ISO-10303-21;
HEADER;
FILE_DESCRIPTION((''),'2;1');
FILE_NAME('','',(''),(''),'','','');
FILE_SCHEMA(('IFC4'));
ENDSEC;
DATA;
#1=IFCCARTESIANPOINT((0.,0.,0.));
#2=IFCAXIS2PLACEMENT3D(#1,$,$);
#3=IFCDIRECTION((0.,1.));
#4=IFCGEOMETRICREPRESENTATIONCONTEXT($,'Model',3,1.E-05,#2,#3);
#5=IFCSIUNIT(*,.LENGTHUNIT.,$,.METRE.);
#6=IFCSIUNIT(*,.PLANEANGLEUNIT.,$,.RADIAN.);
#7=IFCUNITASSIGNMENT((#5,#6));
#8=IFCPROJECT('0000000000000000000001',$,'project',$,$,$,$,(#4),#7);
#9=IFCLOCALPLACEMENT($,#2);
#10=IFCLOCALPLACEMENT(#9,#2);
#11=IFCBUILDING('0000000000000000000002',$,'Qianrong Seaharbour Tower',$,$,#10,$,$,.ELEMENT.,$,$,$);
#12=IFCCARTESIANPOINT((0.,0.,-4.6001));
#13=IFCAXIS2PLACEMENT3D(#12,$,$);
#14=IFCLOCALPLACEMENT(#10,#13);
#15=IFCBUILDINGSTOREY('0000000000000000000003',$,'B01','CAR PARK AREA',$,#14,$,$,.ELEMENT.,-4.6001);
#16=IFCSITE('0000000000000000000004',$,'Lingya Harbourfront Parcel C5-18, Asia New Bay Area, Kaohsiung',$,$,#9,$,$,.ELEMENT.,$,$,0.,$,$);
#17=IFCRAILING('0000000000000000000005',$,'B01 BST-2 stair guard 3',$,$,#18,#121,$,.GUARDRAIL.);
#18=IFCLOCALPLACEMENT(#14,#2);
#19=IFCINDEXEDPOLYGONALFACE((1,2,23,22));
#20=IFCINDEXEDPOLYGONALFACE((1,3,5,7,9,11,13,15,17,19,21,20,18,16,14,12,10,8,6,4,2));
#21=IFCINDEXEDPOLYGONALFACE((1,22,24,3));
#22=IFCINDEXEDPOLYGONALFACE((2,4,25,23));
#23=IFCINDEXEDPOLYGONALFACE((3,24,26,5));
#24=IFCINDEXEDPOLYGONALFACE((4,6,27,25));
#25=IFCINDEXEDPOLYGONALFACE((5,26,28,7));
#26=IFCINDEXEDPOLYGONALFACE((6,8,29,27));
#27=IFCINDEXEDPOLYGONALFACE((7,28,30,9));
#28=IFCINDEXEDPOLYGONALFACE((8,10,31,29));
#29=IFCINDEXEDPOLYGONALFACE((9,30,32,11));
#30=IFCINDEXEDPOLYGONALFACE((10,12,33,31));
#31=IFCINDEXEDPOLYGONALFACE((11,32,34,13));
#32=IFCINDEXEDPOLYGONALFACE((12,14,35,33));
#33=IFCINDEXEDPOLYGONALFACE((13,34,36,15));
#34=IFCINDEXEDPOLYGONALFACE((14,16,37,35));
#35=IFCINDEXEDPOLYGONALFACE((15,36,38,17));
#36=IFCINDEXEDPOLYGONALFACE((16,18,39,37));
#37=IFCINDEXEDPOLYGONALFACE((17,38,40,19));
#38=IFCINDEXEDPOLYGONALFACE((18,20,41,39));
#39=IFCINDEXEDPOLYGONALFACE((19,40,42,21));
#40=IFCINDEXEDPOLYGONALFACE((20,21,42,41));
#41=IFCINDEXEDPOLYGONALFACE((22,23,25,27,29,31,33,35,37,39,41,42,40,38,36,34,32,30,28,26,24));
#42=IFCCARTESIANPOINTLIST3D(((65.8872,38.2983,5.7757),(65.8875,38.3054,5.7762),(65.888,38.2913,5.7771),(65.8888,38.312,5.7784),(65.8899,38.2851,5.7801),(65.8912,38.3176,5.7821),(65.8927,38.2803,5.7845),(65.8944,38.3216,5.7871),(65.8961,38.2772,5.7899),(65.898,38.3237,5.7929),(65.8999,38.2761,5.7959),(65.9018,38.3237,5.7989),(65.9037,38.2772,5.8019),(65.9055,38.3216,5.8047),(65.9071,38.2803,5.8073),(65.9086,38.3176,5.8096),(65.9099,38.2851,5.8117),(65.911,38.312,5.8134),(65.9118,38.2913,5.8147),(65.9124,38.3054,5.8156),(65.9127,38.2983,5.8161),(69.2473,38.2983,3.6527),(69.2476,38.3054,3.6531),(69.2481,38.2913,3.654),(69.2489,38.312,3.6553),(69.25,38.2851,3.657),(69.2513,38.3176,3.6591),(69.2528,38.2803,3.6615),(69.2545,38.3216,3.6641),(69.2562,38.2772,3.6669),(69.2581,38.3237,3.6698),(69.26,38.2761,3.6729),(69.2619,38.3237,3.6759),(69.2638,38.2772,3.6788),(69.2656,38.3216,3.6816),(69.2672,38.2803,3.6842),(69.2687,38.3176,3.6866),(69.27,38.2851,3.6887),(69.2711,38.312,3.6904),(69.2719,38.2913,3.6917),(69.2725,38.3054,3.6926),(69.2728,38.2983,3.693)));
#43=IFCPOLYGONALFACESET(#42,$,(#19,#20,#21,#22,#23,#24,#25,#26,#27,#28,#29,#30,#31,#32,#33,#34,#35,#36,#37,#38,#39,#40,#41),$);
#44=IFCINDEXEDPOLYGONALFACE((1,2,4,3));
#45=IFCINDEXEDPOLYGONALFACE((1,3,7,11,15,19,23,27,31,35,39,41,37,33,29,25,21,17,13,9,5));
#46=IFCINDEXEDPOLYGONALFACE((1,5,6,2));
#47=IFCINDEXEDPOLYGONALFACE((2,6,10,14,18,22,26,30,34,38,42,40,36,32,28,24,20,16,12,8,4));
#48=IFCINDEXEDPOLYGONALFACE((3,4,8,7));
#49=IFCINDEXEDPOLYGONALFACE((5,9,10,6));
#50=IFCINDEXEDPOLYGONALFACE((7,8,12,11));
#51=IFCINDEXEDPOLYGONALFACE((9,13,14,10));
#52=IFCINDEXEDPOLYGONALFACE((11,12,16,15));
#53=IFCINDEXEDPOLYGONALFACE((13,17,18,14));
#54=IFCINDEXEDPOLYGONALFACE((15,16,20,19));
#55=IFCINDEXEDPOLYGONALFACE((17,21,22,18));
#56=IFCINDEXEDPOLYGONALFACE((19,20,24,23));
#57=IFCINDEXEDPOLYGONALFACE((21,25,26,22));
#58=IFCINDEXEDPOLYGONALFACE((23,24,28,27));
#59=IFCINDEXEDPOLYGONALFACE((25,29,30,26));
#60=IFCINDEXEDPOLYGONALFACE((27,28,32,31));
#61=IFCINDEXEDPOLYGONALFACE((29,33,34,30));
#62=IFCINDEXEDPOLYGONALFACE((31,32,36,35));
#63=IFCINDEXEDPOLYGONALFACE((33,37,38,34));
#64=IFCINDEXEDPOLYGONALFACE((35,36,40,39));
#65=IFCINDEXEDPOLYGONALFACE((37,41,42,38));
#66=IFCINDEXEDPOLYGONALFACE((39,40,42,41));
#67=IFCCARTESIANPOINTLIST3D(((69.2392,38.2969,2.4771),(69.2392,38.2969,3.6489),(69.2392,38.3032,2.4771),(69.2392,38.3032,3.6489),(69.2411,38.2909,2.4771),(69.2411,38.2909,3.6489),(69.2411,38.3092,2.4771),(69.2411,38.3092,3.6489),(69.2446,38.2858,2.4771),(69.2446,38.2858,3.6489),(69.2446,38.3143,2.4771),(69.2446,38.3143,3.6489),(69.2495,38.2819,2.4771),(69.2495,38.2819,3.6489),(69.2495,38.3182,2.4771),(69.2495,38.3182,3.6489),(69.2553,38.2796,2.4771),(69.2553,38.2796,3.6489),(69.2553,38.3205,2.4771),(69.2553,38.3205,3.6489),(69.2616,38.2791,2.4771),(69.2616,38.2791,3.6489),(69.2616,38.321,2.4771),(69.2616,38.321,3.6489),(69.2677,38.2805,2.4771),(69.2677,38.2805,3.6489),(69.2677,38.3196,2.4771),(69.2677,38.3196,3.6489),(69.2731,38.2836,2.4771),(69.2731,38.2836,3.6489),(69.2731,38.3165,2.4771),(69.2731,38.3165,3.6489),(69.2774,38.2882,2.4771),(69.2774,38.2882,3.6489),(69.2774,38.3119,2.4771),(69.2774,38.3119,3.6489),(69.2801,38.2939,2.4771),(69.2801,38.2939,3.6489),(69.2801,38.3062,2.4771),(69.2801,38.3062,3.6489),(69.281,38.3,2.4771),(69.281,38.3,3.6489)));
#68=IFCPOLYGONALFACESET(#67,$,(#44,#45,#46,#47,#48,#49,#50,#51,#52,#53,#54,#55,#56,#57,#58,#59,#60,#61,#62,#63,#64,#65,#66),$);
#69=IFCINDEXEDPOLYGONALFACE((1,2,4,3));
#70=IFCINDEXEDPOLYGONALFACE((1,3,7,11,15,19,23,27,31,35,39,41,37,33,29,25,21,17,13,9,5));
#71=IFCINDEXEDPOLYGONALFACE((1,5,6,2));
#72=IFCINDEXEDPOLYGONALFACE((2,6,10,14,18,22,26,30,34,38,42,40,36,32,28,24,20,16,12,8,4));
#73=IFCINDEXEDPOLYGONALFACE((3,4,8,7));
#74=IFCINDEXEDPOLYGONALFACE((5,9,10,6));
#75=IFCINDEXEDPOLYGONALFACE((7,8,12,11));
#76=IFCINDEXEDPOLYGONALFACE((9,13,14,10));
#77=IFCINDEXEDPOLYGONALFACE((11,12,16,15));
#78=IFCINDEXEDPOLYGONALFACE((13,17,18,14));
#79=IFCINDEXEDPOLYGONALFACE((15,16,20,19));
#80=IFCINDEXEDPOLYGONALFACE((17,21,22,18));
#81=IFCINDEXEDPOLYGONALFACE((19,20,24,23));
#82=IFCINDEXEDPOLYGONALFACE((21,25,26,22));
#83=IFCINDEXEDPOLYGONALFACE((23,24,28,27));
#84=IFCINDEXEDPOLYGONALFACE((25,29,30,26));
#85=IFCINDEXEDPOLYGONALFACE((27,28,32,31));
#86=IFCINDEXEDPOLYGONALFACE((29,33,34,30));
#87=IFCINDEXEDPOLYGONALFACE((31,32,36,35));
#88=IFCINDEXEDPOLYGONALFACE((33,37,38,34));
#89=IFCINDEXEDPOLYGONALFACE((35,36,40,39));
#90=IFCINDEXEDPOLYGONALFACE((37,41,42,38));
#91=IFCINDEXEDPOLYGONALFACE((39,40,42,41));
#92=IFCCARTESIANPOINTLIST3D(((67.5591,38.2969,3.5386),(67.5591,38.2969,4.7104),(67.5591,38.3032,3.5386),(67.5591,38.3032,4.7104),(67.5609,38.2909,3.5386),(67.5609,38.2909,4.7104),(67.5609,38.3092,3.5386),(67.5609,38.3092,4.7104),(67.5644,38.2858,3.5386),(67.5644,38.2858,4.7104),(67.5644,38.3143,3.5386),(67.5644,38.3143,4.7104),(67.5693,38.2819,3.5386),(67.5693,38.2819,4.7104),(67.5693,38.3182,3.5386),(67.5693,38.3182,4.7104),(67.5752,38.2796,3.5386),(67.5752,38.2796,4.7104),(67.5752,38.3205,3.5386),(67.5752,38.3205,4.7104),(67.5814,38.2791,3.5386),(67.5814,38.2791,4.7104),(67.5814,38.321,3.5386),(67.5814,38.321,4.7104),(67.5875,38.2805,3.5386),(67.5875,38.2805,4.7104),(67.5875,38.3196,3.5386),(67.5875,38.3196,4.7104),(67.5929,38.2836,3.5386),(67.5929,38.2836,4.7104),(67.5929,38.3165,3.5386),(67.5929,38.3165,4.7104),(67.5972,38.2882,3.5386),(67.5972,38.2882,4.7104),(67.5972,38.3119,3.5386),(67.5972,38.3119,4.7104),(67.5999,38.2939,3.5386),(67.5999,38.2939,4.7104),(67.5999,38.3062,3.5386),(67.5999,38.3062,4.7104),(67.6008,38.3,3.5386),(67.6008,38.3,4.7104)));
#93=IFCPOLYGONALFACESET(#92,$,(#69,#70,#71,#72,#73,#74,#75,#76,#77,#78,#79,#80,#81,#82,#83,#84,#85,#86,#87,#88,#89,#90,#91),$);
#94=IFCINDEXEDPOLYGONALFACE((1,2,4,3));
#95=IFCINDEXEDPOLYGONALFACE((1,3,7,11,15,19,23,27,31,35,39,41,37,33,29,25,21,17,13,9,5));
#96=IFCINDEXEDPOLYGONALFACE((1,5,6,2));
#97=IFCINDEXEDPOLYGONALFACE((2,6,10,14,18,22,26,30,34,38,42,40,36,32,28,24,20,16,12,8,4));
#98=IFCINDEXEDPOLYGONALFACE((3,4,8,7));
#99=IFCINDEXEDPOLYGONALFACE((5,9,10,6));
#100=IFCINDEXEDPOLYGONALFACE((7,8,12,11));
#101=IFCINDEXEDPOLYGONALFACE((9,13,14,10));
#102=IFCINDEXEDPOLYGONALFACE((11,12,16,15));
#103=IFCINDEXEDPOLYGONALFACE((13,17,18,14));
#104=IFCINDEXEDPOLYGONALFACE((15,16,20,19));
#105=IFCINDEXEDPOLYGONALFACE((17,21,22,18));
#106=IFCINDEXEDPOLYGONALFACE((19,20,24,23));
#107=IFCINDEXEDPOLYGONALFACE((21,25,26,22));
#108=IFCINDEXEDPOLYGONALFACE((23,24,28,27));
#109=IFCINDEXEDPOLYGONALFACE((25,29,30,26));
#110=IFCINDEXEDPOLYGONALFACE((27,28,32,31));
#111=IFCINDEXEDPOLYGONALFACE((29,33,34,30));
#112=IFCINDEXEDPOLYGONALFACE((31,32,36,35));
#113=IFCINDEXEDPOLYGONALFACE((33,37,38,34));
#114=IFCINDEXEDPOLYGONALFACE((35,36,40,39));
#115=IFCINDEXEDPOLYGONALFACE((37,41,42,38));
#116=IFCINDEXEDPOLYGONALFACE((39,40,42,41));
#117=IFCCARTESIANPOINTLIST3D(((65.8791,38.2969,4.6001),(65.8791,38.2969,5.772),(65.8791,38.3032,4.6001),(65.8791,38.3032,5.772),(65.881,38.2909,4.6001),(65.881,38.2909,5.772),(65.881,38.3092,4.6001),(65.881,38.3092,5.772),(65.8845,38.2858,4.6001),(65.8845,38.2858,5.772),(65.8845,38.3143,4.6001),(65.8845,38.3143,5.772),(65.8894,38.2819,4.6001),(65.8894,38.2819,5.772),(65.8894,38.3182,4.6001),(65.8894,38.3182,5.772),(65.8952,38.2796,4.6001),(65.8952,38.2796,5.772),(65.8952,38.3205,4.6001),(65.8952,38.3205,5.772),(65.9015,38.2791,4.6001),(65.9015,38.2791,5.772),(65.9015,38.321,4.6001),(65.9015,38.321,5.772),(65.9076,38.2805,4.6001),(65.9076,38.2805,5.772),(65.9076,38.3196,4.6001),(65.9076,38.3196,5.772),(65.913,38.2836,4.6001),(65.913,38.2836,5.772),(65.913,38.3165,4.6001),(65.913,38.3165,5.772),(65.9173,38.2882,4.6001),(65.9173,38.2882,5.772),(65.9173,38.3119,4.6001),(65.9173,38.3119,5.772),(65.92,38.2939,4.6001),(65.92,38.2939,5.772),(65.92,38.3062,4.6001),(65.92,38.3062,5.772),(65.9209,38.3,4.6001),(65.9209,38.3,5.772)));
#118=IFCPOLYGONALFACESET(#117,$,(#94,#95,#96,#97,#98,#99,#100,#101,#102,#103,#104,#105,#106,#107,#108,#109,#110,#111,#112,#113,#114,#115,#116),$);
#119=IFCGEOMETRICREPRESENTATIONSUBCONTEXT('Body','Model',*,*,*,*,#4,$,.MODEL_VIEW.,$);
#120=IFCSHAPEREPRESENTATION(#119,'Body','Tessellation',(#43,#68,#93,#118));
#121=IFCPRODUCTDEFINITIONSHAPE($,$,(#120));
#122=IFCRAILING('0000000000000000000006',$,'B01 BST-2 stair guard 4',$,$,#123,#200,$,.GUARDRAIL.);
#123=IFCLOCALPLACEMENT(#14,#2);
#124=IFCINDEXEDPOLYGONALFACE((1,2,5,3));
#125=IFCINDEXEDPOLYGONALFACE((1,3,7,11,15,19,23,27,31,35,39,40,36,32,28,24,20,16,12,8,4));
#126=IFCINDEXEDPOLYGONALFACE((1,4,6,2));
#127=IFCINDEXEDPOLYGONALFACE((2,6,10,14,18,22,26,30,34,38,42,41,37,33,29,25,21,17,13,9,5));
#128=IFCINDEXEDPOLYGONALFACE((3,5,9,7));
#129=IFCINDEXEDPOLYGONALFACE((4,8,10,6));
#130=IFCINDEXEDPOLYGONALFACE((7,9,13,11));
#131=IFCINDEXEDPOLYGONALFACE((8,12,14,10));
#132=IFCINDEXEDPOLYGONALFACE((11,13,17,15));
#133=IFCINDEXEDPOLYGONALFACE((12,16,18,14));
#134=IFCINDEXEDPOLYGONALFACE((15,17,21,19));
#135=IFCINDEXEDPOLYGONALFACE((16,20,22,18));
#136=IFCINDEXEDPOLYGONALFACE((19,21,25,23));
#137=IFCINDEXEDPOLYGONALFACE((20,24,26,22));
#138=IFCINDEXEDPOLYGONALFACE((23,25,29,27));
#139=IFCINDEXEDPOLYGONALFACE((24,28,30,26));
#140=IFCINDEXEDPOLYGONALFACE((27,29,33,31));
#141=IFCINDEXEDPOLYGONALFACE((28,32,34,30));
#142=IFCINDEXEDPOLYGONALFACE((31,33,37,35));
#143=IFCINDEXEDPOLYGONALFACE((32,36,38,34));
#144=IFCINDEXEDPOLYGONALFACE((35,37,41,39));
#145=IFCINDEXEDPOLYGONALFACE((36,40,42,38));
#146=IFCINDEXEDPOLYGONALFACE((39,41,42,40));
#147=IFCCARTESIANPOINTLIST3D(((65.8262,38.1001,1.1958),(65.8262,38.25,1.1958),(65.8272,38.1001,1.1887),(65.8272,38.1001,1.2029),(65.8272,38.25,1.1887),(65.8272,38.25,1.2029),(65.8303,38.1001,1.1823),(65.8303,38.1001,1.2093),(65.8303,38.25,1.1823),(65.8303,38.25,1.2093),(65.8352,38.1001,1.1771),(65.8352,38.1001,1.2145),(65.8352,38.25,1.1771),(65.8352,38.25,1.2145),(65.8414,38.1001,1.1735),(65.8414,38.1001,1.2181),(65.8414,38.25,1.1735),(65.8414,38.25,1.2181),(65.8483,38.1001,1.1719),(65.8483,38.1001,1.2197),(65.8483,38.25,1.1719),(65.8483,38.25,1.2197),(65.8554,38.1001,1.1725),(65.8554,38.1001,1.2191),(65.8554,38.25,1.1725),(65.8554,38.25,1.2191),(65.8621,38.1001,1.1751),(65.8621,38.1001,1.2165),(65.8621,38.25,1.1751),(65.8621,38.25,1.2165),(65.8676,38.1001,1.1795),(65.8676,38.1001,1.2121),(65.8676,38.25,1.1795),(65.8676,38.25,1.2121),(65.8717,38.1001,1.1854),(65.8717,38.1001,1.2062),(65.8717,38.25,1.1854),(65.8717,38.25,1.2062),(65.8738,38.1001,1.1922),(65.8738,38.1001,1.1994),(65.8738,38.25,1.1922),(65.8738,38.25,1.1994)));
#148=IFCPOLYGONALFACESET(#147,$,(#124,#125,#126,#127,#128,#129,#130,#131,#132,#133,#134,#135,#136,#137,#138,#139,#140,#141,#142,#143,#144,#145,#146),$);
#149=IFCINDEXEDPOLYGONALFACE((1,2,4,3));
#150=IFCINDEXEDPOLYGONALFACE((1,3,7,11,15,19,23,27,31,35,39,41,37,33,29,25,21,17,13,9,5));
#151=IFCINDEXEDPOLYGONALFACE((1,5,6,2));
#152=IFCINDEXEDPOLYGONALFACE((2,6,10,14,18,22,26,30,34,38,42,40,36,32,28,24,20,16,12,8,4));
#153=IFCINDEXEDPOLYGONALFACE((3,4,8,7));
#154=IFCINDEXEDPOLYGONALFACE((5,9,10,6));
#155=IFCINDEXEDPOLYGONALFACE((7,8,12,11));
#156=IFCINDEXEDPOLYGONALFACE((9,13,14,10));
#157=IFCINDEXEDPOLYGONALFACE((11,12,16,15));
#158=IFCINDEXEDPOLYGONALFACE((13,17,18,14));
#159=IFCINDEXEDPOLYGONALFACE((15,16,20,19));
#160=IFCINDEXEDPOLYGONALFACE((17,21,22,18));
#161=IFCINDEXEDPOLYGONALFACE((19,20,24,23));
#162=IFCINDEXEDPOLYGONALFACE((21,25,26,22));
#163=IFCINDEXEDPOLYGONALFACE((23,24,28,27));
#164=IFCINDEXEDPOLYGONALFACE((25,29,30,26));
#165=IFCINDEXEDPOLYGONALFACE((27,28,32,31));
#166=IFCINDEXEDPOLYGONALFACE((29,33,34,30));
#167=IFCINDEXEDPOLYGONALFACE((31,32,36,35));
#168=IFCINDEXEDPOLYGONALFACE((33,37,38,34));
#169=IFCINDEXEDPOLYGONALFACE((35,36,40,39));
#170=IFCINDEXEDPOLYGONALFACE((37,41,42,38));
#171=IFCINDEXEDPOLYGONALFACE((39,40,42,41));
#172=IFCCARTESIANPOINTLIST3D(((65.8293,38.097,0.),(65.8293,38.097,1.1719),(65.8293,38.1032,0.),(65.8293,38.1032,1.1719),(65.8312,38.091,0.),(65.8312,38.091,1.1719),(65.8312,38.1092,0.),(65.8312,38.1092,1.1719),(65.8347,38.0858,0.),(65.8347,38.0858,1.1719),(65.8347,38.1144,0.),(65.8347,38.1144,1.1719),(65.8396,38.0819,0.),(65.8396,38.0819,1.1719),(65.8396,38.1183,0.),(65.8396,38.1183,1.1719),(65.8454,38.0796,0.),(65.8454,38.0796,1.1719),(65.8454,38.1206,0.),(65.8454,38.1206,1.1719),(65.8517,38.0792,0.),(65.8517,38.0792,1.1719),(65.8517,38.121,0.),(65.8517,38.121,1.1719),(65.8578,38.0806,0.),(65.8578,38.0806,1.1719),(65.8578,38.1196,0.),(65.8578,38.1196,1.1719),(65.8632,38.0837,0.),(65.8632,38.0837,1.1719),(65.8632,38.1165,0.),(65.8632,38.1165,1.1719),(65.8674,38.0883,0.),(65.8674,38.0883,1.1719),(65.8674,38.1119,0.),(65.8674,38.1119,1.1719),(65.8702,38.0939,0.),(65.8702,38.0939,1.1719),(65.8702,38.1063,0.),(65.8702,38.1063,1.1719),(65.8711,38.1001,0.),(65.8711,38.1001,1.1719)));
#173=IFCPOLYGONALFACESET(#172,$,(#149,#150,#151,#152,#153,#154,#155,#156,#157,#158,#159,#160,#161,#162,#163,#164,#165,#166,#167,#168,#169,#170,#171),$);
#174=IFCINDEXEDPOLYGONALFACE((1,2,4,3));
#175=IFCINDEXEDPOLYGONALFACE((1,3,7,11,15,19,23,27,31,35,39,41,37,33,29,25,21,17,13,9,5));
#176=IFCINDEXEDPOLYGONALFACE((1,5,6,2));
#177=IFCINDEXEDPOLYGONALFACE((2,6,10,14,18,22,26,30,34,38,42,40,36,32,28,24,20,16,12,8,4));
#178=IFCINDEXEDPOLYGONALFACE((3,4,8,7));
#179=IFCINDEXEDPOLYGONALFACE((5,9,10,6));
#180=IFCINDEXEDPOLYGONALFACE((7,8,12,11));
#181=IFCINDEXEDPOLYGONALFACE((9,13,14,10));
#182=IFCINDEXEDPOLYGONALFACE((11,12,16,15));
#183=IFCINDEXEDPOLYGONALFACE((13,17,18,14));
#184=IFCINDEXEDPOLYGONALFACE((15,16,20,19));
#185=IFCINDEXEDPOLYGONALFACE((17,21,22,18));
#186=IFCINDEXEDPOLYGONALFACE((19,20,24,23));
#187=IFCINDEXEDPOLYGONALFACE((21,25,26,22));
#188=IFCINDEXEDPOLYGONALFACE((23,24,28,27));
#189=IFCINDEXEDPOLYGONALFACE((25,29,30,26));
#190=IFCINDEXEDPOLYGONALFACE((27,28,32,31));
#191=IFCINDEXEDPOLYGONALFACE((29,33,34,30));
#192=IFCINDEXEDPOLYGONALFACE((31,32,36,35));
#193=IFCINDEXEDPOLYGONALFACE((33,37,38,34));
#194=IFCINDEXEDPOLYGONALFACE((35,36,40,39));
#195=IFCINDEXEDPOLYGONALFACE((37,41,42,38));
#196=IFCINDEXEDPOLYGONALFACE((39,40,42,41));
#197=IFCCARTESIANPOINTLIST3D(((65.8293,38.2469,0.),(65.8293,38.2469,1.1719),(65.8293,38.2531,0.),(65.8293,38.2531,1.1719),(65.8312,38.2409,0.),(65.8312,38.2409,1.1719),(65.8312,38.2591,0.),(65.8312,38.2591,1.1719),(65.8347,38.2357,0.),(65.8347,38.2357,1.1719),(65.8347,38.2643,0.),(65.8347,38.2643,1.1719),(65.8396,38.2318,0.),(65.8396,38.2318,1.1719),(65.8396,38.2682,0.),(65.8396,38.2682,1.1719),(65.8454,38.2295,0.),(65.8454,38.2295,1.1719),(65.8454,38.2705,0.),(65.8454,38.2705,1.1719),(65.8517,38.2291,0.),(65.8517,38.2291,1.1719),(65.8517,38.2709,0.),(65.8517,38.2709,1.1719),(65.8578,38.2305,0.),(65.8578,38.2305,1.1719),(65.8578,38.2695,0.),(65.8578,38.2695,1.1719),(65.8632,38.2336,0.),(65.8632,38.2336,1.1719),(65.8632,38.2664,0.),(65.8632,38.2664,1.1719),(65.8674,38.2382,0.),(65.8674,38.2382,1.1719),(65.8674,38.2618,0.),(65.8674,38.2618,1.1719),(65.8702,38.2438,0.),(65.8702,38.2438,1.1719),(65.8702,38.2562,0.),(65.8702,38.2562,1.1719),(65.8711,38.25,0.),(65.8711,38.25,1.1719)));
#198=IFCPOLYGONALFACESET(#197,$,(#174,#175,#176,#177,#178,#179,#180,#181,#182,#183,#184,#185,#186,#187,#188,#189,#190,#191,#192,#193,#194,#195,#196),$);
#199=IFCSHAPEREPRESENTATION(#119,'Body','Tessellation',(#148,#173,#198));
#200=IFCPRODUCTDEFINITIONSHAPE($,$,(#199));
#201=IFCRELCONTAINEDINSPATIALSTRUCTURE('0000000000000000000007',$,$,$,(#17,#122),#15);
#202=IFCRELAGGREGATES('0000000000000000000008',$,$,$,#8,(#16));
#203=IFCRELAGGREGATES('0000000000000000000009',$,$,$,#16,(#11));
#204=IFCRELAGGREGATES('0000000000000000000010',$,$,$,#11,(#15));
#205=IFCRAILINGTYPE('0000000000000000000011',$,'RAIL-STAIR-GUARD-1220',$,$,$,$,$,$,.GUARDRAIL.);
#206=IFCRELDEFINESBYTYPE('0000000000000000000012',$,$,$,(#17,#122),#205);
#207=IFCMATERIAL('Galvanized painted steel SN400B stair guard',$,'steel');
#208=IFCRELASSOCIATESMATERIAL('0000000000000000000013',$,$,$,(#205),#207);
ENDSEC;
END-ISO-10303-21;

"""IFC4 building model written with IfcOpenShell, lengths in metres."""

from ifc_helpers import new_model, si_unit, direction, frame, origin, origin_2d, place, context, subcontext, project, spatial, circle, extrude, material, type_object, element, save


model = new_model("IFC4")

# Units and contexts
model_context = context("Model", 3, precision=1e-05, world=origin(), true_north=direction((0.0, 1.0)))
body_context = subcontext(model_context, "Body", "Model", "MODEL_VIEW")
ifc_project = project(units=[si_unit("LENGTHUNIT", "METRE"), si_unit("PLANEANGLEUNIT", "RADIAN")], contexts=[model_context])

# Site, building, storey
site_placement = place(None, origin())
site = spatial("IfcSite", under=ifc_project, at=site_placement, Name="Lingya Harbourfront Parcel C5-18, Asia New Bay Area, Kaohsiung", CompositionType="ELEMENT", RefElevation=0.0)
building_placement = place(site_placement, origin())
building = spatial("IfcBuilding", under=site, at=building_placement, Name="Qianrong Seaharbour Tower", CompositionType="ELEMENT")
storey_placement = place(building_placement, frame((0.0, 0.0, -4.6001)))
storey = spatial("IfcBuildingStorey", under=building, at=storey_placement, Name="B01", Description="CAR PARK AREA", CompositionType="ELEMENT", Elevation=-4.6001)

# Railings
ifc_material_1 = material(Name="Galvanized painted steel SN400B stair guard", Category="steel")
railing_type_1 = type_object("IfcRailingType", Name="RAIL-STAIR-GUARD-1220", PredefinedType="GUARDRAIL", material=ifc_material_1)
railing_1_placement = place(storey_placement, frame((69.26, 38.3, 2.4771)))
element("IfcRailing", 1, at=railing_1_placement, inside=storey, type_object=railing_type_1, Name="B01 BST-2 stair guard 3", PredefinedType="GUARDRAIL", context=body_context, shape_type="SweptSolid", body=[
    extrude(circle(Radius=0.0239, at=origin_2d()), frame((0.0, 0.0, 1.1958), z_axis=(-0.84539, 0.0, 0.53415), x_axis=(0.0, -1.0, 0.0)), (0.0, 0.0, 1.0), 3.9746),
    extrude(circle(Radius=0.021, at=origin_2d()), origin(), (0.0, 0.0, 1.0), 1.1719),
    extrude(circle(Radius=0.021, at=origin_2d()), frame((-1.6802, 0.0, 1.0615)), (0.0, 0.0, 1.0), 1.1719),
    extrude(circle(Radius=0.021, at=origin_2d()), frame((-3.3601, 0.0, 2.123)), (0.0, 0.0, 1.0), 1.1719),
])
railing_2_placement = place(storey_placement, frame((65.8501, 38.1001, 0.0)))
element("IfcRailing", 2, at=railing_2_placement, inside=storey, type_object=railing_type_1, Name="B01 BST-2 stair guard 4", PredefinedType="GUARDRAIL", context=body_context, shape_type="SweptSolid", body=[
    extrude(circle(Radius=0.0239, at=origin_2d()), frame((0.0, 0.0, 1.1958), z_axis=(0.0, 1.0, 0.0), x_axis=(-1.0, 0.0, 0.0)), (0.0, 0.0, 1.0), 0.1499),
    extrude(circle(Radius=0.021, at=origin_2d()), origin(), (0.0, 0.0, 1.0), 1.1719),
    extrude(circle(Radius=0.021, at=origin_2d()), frame((0.0, 0.1499, 0.0)), (0.0, 0.0, 1.0), 1.1719),
])

save(model, "model.ifc")
